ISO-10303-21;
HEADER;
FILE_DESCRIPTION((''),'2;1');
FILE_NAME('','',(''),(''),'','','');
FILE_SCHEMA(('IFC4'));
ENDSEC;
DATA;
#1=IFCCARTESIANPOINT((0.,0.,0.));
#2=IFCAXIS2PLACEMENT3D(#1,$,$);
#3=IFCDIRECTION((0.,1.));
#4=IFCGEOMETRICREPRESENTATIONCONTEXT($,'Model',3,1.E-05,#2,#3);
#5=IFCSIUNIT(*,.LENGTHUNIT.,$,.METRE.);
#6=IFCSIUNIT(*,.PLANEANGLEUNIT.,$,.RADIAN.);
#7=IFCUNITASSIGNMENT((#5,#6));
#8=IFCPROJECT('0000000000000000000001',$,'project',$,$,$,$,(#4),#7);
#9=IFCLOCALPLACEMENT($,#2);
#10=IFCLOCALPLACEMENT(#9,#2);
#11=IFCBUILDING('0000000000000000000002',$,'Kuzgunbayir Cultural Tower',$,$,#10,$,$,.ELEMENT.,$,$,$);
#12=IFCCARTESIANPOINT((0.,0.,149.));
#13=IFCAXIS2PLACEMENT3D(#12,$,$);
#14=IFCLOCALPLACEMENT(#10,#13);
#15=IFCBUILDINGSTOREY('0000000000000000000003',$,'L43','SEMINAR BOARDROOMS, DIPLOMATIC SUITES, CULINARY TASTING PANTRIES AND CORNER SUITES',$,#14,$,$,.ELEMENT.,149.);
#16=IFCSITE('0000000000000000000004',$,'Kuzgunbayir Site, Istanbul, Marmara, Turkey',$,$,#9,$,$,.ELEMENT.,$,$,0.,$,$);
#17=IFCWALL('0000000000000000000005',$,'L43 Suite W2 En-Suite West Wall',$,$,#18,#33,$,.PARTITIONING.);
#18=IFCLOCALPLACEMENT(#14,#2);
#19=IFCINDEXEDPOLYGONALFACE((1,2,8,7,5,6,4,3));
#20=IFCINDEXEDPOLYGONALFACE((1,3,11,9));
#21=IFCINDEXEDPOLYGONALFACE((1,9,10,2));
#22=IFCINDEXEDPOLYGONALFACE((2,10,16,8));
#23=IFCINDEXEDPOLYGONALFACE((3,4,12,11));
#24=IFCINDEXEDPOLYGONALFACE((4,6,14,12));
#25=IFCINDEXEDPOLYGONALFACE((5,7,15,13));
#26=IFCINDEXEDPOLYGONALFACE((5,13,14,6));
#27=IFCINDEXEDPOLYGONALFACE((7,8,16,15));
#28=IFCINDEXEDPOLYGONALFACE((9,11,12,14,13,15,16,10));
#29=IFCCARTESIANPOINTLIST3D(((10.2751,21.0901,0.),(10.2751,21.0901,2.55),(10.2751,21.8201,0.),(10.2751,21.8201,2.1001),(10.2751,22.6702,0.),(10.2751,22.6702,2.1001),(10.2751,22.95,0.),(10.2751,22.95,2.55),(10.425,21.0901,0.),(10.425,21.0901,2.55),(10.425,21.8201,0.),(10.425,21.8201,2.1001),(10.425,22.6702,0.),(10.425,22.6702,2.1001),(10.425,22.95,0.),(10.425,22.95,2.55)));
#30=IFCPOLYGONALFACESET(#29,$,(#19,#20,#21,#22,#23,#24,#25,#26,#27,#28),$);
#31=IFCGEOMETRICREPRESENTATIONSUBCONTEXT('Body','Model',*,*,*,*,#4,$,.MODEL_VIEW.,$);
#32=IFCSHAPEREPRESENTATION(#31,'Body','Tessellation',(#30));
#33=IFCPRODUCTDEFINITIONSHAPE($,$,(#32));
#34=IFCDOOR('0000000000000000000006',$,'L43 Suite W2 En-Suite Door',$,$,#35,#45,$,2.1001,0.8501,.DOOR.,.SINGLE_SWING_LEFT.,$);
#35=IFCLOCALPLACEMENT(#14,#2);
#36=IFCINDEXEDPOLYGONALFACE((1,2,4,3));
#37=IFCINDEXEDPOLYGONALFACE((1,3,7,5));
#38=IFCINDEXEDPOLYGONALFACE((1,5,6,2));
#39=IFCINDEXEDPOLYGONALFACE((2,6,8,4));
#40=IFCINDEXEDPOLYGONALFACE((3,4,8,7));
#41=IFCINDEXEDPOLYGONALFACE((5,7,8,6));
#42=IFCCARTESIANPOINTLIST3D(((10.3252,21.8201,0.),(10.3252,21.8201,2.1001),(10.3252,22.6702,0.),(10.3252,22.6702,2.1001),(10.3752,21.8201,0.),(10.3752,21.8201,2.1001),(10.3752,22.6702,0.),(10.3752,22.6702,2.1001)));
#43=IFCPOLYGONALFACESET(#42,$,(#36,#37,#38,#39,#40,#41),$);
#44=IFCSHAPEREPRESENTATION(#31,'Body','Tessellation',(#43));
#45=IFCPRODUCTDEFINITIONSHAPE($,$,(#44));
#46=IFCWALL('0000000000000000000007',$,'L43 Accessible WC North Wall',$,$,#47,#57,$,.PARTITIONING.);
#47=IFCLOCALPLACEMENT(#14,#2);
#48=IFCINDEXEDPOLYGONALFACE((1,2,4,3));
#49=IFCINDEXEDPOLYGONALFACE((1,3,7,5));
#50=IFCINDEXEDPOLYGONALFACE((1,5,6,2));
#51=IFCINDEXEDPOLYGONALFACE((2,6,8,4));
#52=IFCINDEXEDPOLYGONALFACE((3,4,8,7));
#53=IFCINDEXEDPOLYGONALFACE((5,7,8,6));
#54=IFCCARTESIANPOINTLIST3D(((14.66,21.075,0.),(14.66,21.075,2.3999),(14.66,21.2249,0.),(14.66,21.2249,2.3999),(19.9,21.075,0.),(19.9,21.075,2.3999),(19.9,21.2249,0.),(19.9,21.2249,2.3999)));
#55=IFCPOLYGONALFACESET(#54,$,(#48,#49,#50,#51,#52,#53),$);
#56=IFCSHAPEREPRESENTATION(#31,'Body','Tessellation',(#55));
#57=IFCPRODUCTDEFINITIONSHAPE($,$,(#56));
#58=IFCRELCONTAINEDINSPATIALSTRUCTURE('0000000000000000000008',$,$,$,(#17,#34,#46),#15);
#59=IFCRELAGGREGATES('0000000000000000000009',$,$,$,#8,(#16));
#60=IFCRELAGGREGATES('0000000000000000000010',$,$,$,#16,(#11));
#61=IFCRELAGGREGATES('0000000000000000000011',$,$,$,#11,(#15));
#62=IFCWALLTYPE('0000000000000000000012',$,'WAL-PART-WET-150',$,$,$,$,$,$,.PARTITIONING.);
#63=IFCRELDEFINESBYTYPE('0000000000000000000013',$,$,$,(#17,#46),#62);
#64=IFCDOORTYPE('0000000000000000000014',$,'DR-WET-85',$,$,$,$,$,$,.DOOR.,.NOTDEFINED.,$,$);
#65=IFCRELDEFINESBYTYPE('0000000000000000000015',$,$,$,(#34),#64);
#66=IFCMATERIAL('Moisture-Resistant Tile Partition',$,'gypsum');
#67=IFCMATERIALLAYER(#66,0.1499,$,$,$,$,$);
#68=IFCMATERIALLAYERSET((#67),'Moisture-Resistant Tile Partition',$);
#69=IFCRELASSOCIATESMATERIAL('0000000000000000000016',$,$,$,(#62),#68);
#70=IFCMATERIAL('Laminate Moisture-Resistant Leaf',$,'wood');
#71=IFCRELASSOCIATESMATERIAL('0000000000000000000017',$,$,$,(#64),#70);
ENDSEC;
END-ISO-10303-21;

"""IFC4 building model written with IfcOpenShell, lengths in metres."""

from ifc_helpers import new_model, si_unit, direction, frame, frame_2d, origin, place, context, subcontext, project, spatial, rectangle, extrude, material, layer, layer_set, type_object, element, fill, save


model = new_model("IFC4")

# Units and contexts
model_context = context("Model", 3, precision=1e-05, world=origin(), true_north=direction((0.0, 1.0)))
body_context = subcontext(model_context, "Body", "Model", "MODEL_VIEW")
ifc_project = project(units=[si_unit("LENGTHUNIT", "METRE"), si_unit("PLANEANGLEUNIT", "RADIAN")], contexts=[model_context])

# Site, building, storey
site_placement = place(None, origin())
site = spatial("IfcSite", under=ifc_project, at=site_placement, Name="Kuzgunbayir Site, Istanbul, Marmara, Turkey", CompositionType="ELEMENT", RefElevation=0.0)
building_placement = place(site_placement, origin())
building = spatial("IfcBuilding", under=site, at=building_placement, Name="Kuzgunbayir Cultural Tower", CompositionType="ELEMENT")
storey_placement = place(building_placement, frame((0.0, 0.0, 149.0)))
storey = spatial("IfcBuildingStorey", under=building, at=storey_placement, Name="L43", Description="SEMINAR BOARDROOMS, DIPLOMATIC SUITES, CULINARY TASTING PANTRIES AND CORNER SUITES", CompositionType="ELEMENT", Elevation=149.0)

# Shared definitions
ifc_material_1 = material(Name="Moisture-Resistant Tile Partition", Category="gypsum")
ifc_layer_1 = layer(ifc_material_1, 0.1499)
ifc_layer_set_1 = layer_set([ifc_layer_1], Name="Moisture-Resistant Tile Partition")
wall_type_1 = type_object("IfcWallType", Name="WAL-PART-WET-150", PredefinedType="PARTITIONING", material=ifc_layer_set_1)

# Wall, opening, door
wall_1_placement = place(storey_placement, frame((10.3501, 21.0901, 0.0), z_axis=(0.0, 0.0, 1.0), x_axis=(0.0, 1.0, 0.0)))
wall_1 = element("IfcWall", 1, at=wall_1_placement, inside=storey, type_object=wall_type_1, Name="L43 Suite W2 En-Suite West Wall", PredefinedType="PARTITIONING", context=body_context, shape_type="SweptSolid", body=[
    extrude(rectangle(XDim=1.8599, YDim=0.1499, at=frame_2d((0.9299, 0.0))), origin(), (0.0, 0.0, 1.0), 2.55),
])
opening_placement = place(wall_1_placement, frame((0.73, 0.0, 0.0)))
opening = element("IfcOpeningElement", 2, at=opening_placement, cuts=wall_1, PredefinedType="OPENING", context=body_context, shape_type="SweptSolid", body=[
    extrude(rectangle(XDim=0.8501, YDim=2.1001, at=frame_2d((0.425, 1.05))), frame((0.0, 0.085, 0.0), z_axis=(0.0, -1.0, 0.0), x_axis=(1.0, 0.0, 0.0)), (0.0, 0.0, 1.0), 0.1699),
])
ifc_material_2 = material(Name="Laminate Moisture-Resistant Leaf", Category="wood")
door_type = type_object("IfcDoorType", Name="DR-WET-85", OperationType="NOTDEFINED", PredefinedType="DOOR", material=ifc_material_2)
door_placement = place(opening_placement, origin())
door = element("IfcDoor", 3, at=door_placement, inside=storey, type_object=door_type, Name="L43 Suite W2 En-Suite Door", OperationType="SINGLE_SWING_LEFT", OverallHeight=2.1001, OverallWidth=0.8501, PredefinedType="DOOR", context=body_context, shape_type="SweptSolid", body=[
    extrude(rectangle(XDim=0.8501, YDim=2.1001, at=frame_2d((0.425, 1.05))), frame((0.0, 0.0249, 0.0), z_axis=(0.0, -1.0, 0.0), x_axis=(1.0, 0.0, 0.0)), (0.0, 0.0, 1.0), 0.05),
])
fill(opening, door)

# Wall
wall_2_placement = place(storey_placement, frame((14.6599, 21.1499, 0.0), z_axis=(0.0, 0.0, 1.0), x_axis=(1.0, 0.0, 0.0)))
element("IfcWall", 4, at=wall_2_placement, inside=storey, type_object=wall_type_1, Name="L43 Accessible WC North Wall", PredefinedType="PARTITIONING", context=body_context, shape_type="SweptSolid", body=[
    extrude(rectangle(XDim=5.24, YDim=0.1499, at=frame_2d((2.6201, 0.0))), origin(), (0.0, 0.0, 1.0), 2.3999),
])

save(model, "model.ifc")
